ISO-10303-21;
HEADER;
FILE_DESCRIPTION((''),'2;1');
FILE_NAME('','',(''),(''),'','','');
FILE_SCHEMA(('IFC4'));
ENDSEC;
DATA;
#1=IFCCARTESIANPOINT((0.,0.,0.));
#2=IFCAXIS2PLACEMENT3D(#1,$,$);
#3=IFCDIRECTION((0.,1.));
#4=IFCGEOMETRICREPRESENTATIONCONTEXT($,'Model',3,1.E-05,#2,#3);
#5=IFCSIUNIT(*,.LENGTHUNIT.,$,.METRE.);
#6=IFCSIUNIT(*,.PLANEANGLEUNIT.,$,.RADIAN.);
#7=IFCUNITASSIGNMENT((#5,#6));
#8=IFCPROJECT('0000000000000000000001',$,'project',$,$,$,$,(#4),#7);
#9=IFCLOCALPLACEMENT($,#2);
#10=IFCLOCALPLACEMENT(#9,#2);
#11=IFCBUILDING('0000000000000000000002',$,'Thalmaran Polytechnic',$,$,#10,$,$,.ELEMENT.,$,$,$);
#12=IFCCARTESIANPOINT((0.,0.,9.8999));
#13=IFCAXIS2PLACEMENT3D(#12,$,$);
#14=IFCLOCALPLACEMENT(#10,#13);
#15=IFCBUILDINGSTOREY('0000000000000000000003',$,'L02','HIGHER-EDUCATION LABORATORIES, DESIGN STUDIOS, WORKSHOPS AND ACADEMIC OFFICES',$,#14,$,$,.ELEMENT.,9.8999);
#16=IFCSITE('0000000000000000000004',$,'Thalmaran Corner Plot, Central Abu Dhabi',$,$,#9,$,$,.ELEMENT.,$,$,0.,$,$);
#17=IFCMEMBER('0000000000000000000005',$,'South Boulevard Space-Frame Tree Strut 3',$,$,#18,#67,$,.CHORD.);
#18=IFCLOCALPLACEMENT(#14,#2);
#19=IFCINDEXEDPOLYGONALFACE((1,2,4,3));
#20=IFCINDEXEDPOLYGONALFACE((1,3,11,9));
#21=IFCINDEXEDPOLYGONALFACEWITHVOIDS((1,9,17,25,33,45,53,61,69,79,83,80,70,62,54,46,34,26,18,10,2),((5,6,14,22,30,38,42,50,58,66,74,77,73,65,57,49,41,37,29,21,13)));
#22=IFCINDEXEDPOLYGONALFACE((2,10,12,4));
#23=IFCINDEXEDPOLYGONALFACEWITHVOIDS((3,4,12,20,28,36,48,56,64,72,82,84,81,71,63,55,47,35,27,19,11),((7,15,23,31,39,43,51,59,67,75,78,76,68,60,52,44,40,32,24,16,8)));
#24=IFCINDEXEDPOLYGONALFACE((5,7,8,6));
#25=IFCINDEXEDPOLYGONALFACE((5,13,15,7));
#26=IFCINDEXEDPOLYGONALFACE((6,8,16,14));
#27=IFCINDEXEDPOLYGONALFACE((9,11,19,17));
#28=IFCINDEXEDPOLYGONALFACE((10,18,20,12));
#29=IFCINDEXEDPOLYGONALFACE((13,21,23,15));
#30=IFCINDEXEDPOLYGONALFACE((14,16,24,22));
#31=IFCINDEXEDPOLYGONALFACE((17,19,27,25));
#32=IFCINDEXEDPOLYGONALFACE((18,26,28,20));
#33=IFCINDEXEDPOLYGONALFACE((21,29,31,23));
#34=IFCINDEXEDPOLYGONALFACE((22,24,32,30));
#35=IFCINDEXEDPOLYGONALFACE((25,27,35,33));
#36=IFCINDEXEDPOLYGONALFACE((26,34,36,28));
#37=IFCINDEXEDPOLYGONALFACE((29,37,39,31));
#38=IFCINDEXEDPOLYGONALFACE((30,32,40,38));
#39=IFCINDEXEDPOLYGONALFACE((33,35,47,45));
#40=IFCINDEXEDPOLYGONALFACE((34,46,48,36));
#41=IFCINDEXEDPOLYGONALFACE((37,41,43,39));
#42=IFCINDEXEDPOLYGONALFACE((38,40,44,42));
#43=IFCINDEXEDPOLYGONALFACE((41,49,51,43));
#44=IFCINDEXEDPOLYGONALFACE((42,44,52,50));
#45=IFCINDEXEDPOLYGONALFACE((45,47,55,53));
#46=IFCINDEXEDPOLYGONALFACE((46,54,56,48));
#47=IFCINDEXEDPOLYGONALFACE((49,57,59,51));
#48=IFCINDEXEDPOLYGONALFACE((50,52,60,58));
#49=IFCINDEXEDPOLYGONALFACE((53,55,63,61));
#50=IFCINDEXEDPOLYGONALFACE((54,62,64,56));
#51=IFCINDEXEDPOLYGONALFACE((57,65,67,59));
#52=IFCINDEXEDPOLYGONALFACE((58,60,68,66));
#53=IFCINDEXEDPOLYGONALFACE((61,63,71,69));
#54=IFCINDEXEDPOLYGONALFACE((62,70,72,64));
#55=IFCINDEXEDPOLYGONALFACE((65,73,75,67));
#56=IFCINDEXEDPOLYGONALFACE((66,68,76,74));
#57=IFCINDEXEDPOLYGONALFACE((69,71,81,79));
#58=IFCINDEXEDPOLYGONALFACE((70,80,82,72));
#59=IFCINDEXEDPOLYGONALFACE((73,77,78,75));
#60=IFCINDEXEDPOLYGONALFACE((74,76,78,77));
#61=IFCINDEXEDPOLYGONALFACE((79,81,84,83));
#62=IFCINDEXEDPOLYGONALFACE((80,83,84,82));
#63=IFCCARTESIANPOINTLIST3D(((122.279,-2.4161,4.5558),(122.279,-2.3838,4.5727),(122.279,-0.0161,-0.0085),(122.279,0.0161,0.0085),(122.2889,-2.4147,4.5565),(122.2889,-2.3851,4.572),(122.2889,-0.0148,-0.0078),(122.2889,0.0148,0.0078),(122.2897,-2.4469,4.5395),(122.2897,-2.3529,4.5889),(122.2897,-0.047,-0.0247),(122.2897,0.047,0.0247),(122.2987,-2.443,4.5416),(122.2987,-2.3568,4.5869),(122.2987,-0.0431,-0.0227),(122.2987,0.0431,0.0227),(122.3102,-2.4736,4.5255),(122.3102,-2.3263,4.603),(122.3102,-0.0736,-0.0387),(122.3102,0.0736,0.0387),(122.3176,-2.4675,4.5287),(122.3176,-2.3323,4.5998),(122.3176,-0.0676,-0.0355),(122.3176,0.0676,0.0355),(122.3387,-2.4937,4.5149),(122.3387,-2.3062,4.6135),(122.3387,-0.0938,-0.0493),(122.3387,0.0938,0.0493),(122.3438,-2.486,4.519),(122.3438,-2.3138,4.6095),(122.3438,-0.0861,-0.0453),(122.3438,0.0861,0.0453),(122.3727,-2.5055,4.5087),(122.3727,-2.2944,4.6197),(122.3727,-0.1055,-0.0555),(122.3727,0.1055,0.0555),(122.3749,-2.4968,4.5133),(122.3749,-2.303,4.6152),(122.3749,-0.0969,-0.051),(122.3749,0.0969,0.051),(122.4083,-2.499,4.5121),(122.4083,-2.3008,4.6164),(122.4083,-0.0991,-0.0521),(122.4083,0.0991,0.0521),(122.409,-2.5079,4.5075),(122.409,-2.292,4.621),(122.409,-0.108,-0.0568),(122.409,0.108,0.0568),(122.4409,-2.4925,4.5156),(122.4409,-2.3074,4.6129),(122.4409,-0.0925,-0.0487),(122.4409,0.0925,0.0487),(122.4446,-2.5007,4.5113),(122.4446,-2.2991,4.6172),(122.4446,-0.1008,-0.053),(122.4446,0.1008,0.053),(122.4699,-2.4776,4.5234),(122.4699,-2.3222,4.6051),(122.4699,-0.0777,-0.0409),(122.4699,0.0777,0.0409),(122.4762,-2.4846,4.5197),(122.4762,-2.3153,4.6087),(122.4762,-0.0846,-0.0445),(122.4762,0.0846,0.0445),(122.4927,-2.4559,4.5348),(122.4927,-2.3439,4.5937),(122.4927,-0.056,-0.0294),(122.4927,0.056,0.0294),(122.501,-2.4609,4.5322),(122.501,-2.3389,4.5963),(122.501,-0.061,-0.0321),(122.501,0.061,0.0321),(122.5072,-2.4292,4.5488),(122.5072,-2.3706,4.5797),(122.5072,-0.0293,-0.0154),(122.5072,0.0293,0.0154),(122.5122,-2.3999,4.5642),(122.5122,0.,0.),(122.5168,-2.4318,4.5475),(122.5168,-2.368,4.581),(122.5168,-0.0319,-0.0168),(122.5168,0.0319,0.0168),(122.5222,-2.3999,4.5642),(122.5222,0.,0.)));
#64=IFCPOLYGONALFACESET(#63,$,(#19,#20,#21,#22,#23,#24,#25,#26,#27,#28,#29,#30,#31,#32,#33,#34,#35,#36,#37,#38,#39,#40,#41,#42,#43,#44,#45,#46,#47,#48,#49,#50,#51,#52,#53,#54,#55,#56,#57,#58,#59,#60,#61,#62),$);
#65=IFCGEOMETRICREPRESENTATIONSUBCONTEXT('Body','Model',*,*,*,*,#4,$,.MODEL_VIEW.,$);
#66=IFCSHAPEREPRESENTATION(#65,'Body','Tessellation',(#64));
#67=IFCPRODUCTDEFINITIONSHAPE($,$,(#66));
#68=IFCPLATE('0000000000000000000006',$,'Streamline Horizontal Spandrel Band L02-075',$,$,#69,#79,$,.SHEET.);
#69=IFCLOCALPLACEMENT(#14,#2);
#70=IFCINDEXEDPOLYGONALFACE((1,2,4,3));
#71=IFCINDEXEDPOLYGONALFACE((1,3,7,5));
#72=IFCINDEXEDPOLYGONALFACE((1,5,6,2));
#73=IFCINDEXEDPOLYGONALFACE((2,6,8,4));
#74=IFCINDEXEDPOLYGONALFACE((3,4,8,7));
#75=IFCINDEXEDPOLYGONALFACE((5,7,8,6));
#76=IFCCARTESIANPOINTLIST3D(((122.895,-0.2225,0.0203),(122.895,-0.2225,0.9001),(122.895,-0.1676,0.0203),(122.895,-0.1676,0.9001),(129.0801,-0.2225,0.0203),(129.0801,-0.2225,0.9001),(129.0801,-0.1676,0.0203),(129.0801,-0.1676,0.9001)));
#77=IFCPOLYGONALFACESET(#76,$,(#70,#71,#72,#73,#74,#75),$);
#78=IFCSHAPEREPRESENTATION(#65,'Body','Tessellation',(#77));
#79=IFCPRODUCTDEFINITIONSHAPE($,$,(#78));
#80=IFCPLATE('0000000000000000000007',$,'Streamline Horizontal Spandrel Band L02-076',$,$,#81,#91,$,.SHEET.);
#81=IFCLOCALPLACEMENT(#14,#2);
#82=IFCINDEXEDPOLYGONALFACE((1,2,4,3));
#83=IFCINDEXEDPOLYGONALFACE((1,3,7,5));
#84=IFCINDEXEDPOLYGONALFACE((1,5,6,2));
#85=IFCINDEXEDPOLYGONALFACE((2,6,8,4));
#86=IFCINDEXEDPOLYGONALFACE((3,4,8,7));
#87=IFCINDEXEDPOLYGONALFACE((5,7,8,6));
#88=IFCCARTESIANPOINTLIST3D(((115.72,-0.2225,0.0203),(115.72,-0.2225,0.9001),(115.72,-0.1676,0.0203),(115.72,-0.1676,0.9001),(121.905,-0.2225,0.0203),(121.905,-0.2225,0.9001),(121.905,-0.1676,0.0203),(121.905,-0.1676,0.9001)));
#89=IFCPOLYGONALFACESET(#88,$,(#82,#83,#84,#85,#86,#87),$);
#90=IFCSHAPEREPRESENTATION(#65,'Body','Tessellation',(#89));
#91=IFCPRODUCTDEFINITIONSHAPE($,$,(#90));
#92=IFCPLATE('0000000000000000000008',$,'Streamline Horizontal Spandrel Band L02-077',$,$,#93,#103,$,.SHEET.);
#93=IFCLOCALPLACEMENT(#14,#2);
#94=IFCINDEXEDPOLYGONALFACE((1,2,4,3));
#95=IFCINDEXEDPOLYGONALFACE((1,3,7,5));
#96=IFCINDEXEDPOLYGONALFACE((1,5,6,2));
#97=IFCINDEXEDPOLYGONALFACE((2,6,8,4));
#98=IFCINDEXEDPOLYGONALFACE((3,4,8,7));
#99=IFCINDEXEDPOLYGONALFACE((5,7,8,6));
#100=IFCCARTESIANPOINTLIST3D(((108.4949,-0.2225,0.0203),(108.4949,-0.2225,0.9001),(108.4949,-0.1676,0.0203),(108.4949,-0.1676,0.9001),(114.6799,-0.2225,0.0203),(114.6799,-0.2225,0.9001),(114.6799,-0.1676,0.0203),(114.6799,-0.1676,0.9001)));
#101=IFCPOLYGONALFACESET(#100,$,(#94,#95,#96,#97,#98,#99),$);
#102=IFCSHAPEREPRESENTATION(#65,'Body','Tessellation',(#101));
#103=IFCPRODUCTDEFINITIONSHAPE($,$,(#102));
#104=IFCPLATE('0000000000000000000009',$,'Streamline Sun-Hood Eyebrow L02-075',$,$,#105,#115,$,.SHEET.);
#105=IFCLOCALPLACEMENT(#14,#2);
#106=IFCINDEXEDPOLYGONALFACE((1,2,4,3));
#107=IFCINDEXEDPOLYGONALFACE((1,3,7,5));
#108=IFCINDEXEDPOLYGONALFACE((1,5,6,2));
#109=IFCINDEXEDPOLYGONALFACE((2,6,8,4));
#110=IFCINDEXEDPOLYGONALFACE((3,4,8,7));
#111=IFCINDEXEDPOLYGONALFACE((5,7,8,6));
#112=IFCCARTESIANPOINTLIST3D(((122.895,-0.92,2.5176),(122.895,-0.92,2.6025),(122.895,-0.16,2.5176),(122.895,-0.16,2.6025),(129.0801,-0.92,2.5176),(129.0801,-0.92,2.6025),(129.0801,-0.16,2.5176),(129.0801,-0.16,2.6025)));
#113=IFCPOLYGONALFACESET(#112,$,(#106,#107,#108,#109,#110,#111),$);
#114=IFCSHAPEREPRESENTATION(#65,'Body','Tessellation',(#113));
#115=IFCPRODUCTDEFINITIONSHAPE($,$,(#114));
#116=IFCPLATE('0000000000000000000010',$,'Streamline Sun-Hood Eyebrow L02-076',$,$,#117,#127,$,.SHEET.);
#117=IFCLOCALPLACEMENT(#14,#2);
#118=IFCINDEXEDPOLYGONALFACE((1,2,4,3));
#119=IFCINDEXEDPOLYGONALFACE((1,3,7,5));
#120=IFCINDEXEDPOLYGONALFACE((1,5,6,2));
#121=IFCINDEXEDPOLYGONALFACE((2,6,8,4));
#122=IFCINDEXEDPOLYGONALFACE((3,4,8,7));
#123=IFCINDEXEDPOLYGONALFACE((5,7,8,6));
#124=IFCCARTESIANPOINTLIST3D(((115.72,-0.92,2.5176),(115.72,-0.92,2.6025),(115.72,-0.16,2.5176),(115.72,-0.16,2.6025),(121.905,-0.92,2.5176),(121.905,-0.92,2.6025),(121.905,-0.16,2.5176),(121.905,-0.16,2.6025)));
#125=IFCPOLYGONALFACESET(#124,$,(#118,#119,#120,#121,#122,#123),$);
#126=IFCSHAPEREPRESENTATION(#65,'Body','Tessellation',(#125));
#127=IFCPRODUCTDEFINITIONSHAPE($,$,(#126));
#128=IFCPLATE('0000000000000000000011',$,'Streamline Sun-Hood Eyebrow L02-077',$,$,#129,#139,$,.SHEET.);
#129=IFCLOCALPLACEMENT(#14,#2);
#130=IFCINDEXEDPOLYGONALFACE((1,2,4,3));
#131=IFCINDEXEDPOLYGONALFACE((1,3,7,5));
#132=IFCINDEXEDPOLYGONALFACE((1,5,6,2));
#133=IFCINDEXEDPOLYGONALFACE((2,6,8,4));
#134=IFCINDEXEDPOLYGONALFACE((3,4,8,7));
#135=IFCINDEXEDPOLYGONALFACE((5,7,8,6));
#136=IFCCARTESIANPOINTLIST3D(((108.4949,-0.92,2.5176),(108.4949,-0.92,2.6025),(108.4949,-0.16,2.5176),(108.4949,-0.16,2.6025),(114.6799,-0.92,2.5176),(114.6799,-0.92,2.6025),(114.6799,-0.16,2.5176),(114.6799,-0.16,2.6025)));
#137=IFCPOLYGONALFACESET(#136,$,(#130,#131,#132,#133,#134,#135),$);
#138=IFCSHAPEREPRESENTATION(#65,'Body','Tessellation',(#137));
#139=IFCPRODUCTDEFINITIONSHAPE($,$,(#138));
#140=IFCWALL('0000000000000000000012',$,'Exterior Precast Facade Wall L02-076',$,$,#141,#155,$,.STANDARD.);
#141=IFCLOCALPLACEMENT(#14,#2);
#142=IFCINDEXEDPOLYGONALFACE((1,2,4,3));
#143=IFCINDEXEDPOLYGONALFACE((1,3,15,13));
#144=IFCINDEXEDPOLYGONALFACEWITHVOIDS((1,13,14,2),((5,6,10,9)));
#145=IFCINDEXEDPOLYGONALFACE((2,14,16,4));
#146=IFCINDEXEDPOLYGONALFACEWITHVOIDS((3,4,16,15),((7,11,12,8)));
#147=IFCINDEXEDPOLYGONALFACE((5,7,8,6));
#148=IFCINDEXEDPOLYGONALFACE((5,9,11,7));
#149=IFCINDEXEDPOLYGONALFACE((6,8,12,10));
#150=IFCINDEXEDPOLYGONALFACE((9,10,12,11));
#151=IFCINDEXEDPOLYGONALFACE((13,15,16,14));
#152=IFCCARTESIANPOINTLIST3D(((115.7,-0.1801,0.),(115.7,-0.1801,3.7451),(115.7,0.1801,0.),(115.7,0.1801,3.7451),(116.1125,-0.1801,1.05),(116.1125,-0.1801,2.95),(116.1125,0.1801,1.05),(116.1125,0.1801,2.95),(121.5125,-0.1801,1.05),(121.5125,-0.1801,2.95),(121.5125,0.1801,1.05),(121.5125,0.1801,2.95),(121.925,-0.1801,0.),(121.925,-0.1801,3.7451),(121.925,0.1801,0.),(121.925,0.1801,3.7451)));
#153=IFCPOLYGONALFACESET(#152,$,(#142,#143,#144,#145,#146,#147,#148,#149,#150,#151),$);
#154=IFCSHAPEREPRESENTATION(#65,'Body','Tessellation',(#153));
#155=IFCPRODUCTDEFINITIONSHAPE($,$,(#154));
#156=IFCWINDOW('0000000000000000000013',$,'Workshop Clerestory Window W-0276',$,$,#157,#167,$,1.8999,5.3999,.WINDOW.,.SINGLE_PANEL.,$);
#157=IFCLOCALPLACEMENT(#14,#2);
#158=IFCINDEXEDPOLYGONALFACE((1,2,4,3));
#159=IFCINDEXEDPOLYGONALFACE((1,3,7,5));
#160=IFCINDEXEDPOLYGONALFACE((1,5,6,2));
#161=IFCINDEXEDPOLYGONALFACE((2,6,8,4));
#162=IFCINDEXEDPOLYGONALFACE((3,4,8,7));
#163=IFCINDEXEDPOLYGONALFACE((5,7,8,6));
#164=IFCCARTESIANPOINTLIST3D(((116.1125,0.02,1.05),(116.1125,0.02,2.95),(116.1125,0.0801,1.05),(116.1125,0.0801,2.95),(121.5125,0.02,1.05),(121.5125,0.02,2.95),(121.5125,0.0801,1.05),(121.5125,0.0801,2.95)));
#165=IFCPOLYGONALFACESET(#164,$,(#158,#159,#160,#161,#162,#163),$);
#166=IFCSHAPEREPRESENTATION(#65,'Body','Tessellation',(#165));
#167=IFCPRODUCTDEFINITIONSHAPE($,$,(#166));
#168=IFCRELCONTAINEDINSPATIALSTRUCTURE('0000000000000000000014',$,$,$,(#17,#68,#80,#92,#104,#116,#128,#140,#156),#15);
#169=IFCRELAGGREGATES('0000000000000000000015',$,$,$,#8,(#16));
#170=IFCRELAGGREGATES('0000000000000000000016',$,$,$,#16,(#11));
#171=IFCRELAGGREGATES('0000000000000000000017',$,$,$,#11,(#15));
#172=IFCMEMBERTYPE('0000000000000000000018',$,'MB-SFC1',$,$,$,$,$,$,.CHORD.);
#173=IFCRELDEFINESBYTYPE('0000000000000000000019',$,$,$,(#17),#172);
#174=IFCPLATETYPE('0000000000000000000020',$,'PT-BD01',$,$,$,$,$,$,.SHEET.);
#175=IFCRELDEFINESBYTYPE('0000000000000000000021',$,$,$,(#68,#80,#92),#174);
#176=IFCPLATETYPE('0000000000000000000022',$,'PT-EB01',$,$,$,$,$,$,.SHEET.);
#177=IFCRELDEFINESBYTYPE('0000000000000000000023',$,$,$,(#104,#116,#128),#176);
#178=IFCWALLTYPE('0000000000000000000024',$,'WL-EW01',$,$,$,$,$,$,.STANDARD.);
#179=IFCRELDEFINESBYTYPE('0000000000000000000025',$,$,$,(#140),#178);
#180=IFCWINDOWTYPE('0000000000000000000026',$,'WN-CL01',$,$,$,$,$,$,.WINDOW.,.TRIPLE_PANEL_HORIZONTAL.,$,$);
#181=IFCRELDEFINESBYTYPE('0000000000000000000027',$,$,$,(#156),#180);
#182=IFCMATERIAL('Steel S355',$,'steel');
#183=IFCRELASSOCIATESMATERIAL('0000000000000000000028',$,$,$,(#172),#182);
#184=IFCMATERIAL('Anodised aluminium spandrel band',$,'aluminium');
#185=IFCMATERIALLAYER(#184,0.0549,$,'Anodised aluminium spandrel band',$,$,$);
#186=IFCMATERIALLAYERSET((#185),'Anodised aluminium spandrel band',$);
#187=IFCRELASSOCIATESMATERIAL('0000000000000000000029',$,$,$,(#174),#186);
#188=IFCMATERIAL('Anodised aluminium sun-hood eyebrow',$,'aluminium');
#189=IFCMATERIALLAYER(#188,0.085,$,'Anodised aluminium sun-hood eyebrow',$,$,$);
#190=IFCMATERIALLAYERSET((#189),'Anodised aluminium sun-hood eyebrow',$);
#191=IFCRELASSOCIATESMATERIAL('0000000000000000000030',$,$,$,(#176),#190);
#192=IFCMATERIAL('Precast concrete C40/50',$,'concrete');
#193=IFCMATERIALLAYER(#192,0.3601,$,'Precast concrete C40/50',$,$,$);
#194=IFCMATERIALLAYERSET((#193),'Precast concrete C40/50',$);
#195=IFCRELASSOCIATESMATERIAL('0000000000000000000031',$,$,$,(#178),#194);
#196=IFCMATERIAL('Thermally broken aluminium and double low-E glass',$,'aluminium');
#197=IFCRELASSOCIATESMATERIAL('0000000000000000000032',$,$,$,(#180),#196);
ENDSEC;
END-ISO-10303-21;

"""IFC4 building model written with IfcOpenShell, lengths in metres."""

from ifc_helpers import new_model, si_unit, direction, frame, frame_2d, origin, origin_2d, place, context, subcontext, project, spatial, rectangle, hollow_circle, extrude, material, layer, layer_set, material_profile, profile_set, type_object, element, fill, save


model = new_model("IFC4")

# Units and contexts
model_context = context("Model", 3, precision=1e-05, world=origin(), true_north=direction((0.0, 1.0)))
body_context = subcontext(model_context, "Body", "Model", "MODEL_VIEW")
ifc_project = project(units=[si_unit("LENGTHUNIT", "METRE"), si_unit("PLANEANGLEUNIT", "RADIAN")], contexts=[model_context])

# Site, building, storey
site_placement = place(None, origin())
site = spatial("IfcSite", under=ifc_project, at=site_placement, Name="Thalmaran Corner Plot, Central Abu Dhabi", CompositionType="ELEMENT", RefElevation=0.0)
building_placement = place(site_placement, origin())
building = spatial("IfcBuilding", under=site, at=building_placement, Name="Thalmaran Polytechnic", CompositionType="ELEMENT")
storey_placement = place(building_placement, frame((0.0, 0.0, 9.8999)))
storey = spatial("IfcBuildingStorey", under=building, at=storey_placement, Name="L02", Description="HIGHER-EDUCATION LABORATORIES, DESIGN STUDIOS, WORKSHOPS AND ACADEMIC OFFICES", CompositionType="ELEMENT", Elevation=9.8999)

# Member
ifc_material_1 = material(Name="Steel S355", Category="steel")
ifc_material_profile_1 = material_profile(ifc_material_1, hollow_circle(Radius=0.1223, WallThickness=0.01, at=origin_2d()), Name="CHS 244.5x10.0")
ifc_profile_set_1 = profile_set([ifc_material_profile_1], Name="Steel S355")
member_type = type_object("IfcMemberType", Name="MB-SFC1", PredefinedType="CHORD", material=ifc_profile_set_1)
for number, where, z_axis, x_axis, name in (
    (1, (122.3999, 0.0, 0.0), (0.0, -0.465395, 0.885103), (1.0, 0.0, 0.0), "South Boulevard Space-Frame Tree Strut 3"),
):
    element("IfcMember", number, at=place(storey_placement, frame(where, z_axis=z_axis, x_axis=x_axis)), inside=storey, type_object=member_type, Name=name, PredefinedType="CHORD", context=body_context, shape_type="SweptSolid", body=[
        extrude(hollow_circle(Radius=0.1223, WallThickness=0.01, at=origin_2d()), origin(), (0.0, 0.0, 1.0), 5.1567),
    ])

# Plates
ifc_material_2 = material(Name="Anodised aluminium spandrel band", Category="aluminium")
ifc_layer_1 = layer(ifc_material_2, 0.0549, Name="Anodised aluminium spandrel band")
ifc_layer_set_1 = layer_set([ifc_layer_1], Name="Anodised aluminium spandrel band")
plate_type_1 = type_object("IfcPlateType", Name="PT-BD01", PredefinedType="SHEET", material=ifc_layer_set_1)
for number, where, z_axis, x_axis, name in (
    (2, (125.9875, -0.1951, 0.0203), (0.0, 0.0, 1.0), (-1.0, 0.0, 0.0), "Streamline Horizontal Spandrel Band L02-075"),
    (3, (118.8125, -0.1951, 0.0203), (0.0, 0.0, 1.0), (-1.0, 0.0, 0.0), "Streamline Horizontal Spandrel Band L02-076"),
    (4, (111.5874, -0.1951, 0.0203), (0.0, 0.0, 1.0), (-1.0, 0.0, 0.0), "Streamline Horizontal Spandrel Band L02-077"),
):
    element("IfcPlate", number, at=place(storey_placement, frame(where, z_axis=z_axis, x_axis=x_axis)), inside=storey, type_object=plate_type_1, Name=name, PredefinedType="SHEET", context=body_context, shape_type="SweptSolid", body=[
        extrude(rectangle(XDim=6.1851, YDim=0.0549, at=origin_2d()), origin(), (0.0, 0.0, 1.0), 0.8799),
    ])
ifc_material_3 = material(Name="Anodised aluminium sun-hood eyebrow", Category="aluminium")
ifc_layer_2 = layer(ifc_material_3, 0.085, Name="Anodised aluminium sun-hood eyebrow")
ifc_layer_set_2 = layer_set([ifc_layer_2], Name="Anodised aluminium sun-hood eyebrow")
plate_type_2 = type_object("IfcPlateType", Name="PT-EB01", PredefinedType="SHEET", material=ifc_layer_set_2)
for number, where, z_axis, x_axis, name in (
    (5, (125.9875, -0.54, 2.5176), (0.0, 0.0, 1.0), (-1.0, 0.0, 0.0), "Streamline Sun-Hood Eyebrow L02-075"),
    (6, (118.8125, -0.54, 2.5176), (0.0, 0.0, 1.0), (-1.0, 0.0, 0.0), "Streamline Sun-Hood Eyebrow L02-076"),
    (7, (111.5874, -0.54, 2.5176), (0.0, 0.0, 1.0), (-1.0, 0.0, 0.0), "Streamline Sun-Hood Eyebrow L02-077"),
):
    element("IfcPlate", number, at=place(storey_placement, frame(where, z_axis=z_axis, x_axis=x_axis)), inside=storey, type_object=plate_type_2, Name=name, PredefinedType="SHEET", context=body_context, shape_type="SweptSolid", body=[
        extrude(rectangle(XDim=6.1851, YDim=0.76, at=origin_2d()), origin(), (0.0, 0.0, 1.0), 0.085),
    ])

# Wall, opening, window
ifc_material_4 = material(Name="Precast concrete C40/50", Category="concrete")
ifc_layer_3 = layer(ifc_material_4, 0.3601, Name="Precast concrete C40/50")
ifc_layer_set_3 = layer_set([ifc_layer_3], Name="Precast concrete C40/50")
wall_type = type_object("IfcWallType", Name="WL-EW01", PredefinedType="STANDARD", material=ifc_layer_set_3)
wall_1_placement = place(storey_placement, frame((121.925, 0.0, 0.0), z_axis=(0.0, 0.0, 1.0), x_axis=(-1.0, 0.0, 0.0)))
wall_1 = element("IfcWall", 8, at=wall_1_placement, inside=storey, type_object=wall_type, Name="Exterior Precast Facade Wall L02-076", PredefinedType="STANDARD", context=body_context, shape_type="SweptSolid", body=[
    extrude(rectangle(XDim=6.2251, YDim=0.3601, at=frame_2d((3.1125, 0.0))), origin(), (0.0, 0.0, 1.0), 3.7451),
])
opening_1_placement = place(wall_1_placement, frame((0.4126, 0.0, 1.05)))
opening_1 = element("IfcOpeningElement", 9, at=opening_1_placement, cuts=wall_1, PredefinedType="OPENING", context=body_context, shape_type="SweptSolid", body=[
    extrude(rectangle(XDim=5.3999, YDim=1.8999, at=frame_2d((2.7, 0.95))), frame((0.0, 0.1899, 0.0), z_axis=(0.0, -1.0, 0.0), x_axis=(1.0, 0.0, 0.0)), (0.0, 0.0, 1.0), 0.3801),
])
ifc_material_5 = material(Name="Thermally broken aluminium and double low-E glass", Category="aluminium")
window_type = type_object("IfcWindowType", Name="WN-CL01", PartitioningType="TRIPLE_PANEL_HORIZONTAL", PredefinedType="WINDOW", material=ifc_material_5)
window_1_placement = place(opening_1_placement, origin())
window_1 = element("IfcWindow", 10, at=window_1_placement, inside=storey, type_object=window_type, Name="Workshop Clerestory Window W-0276", OverallHeight=1.8999, OverallWidth=5.3999, PartitioningType="SINGLE_PANEL", PredefinedType="WINDOW", context=body_context, shape_type="SweptSolid", body=[
    extrude(rectangle(XDim=5.3999, YDim=1.8999, at=frame_2d((2.7, 0.95))), frame((0.0, -0.02, 0.0), z_axis=(0.0, -1.0, 0.0), x_axis=(1.0, 0.0, 0.0)), (0.0, 0.0, 1.0), 0.0601),
])
fill(opening_1, window_1)

save(model, "model.ifc")
